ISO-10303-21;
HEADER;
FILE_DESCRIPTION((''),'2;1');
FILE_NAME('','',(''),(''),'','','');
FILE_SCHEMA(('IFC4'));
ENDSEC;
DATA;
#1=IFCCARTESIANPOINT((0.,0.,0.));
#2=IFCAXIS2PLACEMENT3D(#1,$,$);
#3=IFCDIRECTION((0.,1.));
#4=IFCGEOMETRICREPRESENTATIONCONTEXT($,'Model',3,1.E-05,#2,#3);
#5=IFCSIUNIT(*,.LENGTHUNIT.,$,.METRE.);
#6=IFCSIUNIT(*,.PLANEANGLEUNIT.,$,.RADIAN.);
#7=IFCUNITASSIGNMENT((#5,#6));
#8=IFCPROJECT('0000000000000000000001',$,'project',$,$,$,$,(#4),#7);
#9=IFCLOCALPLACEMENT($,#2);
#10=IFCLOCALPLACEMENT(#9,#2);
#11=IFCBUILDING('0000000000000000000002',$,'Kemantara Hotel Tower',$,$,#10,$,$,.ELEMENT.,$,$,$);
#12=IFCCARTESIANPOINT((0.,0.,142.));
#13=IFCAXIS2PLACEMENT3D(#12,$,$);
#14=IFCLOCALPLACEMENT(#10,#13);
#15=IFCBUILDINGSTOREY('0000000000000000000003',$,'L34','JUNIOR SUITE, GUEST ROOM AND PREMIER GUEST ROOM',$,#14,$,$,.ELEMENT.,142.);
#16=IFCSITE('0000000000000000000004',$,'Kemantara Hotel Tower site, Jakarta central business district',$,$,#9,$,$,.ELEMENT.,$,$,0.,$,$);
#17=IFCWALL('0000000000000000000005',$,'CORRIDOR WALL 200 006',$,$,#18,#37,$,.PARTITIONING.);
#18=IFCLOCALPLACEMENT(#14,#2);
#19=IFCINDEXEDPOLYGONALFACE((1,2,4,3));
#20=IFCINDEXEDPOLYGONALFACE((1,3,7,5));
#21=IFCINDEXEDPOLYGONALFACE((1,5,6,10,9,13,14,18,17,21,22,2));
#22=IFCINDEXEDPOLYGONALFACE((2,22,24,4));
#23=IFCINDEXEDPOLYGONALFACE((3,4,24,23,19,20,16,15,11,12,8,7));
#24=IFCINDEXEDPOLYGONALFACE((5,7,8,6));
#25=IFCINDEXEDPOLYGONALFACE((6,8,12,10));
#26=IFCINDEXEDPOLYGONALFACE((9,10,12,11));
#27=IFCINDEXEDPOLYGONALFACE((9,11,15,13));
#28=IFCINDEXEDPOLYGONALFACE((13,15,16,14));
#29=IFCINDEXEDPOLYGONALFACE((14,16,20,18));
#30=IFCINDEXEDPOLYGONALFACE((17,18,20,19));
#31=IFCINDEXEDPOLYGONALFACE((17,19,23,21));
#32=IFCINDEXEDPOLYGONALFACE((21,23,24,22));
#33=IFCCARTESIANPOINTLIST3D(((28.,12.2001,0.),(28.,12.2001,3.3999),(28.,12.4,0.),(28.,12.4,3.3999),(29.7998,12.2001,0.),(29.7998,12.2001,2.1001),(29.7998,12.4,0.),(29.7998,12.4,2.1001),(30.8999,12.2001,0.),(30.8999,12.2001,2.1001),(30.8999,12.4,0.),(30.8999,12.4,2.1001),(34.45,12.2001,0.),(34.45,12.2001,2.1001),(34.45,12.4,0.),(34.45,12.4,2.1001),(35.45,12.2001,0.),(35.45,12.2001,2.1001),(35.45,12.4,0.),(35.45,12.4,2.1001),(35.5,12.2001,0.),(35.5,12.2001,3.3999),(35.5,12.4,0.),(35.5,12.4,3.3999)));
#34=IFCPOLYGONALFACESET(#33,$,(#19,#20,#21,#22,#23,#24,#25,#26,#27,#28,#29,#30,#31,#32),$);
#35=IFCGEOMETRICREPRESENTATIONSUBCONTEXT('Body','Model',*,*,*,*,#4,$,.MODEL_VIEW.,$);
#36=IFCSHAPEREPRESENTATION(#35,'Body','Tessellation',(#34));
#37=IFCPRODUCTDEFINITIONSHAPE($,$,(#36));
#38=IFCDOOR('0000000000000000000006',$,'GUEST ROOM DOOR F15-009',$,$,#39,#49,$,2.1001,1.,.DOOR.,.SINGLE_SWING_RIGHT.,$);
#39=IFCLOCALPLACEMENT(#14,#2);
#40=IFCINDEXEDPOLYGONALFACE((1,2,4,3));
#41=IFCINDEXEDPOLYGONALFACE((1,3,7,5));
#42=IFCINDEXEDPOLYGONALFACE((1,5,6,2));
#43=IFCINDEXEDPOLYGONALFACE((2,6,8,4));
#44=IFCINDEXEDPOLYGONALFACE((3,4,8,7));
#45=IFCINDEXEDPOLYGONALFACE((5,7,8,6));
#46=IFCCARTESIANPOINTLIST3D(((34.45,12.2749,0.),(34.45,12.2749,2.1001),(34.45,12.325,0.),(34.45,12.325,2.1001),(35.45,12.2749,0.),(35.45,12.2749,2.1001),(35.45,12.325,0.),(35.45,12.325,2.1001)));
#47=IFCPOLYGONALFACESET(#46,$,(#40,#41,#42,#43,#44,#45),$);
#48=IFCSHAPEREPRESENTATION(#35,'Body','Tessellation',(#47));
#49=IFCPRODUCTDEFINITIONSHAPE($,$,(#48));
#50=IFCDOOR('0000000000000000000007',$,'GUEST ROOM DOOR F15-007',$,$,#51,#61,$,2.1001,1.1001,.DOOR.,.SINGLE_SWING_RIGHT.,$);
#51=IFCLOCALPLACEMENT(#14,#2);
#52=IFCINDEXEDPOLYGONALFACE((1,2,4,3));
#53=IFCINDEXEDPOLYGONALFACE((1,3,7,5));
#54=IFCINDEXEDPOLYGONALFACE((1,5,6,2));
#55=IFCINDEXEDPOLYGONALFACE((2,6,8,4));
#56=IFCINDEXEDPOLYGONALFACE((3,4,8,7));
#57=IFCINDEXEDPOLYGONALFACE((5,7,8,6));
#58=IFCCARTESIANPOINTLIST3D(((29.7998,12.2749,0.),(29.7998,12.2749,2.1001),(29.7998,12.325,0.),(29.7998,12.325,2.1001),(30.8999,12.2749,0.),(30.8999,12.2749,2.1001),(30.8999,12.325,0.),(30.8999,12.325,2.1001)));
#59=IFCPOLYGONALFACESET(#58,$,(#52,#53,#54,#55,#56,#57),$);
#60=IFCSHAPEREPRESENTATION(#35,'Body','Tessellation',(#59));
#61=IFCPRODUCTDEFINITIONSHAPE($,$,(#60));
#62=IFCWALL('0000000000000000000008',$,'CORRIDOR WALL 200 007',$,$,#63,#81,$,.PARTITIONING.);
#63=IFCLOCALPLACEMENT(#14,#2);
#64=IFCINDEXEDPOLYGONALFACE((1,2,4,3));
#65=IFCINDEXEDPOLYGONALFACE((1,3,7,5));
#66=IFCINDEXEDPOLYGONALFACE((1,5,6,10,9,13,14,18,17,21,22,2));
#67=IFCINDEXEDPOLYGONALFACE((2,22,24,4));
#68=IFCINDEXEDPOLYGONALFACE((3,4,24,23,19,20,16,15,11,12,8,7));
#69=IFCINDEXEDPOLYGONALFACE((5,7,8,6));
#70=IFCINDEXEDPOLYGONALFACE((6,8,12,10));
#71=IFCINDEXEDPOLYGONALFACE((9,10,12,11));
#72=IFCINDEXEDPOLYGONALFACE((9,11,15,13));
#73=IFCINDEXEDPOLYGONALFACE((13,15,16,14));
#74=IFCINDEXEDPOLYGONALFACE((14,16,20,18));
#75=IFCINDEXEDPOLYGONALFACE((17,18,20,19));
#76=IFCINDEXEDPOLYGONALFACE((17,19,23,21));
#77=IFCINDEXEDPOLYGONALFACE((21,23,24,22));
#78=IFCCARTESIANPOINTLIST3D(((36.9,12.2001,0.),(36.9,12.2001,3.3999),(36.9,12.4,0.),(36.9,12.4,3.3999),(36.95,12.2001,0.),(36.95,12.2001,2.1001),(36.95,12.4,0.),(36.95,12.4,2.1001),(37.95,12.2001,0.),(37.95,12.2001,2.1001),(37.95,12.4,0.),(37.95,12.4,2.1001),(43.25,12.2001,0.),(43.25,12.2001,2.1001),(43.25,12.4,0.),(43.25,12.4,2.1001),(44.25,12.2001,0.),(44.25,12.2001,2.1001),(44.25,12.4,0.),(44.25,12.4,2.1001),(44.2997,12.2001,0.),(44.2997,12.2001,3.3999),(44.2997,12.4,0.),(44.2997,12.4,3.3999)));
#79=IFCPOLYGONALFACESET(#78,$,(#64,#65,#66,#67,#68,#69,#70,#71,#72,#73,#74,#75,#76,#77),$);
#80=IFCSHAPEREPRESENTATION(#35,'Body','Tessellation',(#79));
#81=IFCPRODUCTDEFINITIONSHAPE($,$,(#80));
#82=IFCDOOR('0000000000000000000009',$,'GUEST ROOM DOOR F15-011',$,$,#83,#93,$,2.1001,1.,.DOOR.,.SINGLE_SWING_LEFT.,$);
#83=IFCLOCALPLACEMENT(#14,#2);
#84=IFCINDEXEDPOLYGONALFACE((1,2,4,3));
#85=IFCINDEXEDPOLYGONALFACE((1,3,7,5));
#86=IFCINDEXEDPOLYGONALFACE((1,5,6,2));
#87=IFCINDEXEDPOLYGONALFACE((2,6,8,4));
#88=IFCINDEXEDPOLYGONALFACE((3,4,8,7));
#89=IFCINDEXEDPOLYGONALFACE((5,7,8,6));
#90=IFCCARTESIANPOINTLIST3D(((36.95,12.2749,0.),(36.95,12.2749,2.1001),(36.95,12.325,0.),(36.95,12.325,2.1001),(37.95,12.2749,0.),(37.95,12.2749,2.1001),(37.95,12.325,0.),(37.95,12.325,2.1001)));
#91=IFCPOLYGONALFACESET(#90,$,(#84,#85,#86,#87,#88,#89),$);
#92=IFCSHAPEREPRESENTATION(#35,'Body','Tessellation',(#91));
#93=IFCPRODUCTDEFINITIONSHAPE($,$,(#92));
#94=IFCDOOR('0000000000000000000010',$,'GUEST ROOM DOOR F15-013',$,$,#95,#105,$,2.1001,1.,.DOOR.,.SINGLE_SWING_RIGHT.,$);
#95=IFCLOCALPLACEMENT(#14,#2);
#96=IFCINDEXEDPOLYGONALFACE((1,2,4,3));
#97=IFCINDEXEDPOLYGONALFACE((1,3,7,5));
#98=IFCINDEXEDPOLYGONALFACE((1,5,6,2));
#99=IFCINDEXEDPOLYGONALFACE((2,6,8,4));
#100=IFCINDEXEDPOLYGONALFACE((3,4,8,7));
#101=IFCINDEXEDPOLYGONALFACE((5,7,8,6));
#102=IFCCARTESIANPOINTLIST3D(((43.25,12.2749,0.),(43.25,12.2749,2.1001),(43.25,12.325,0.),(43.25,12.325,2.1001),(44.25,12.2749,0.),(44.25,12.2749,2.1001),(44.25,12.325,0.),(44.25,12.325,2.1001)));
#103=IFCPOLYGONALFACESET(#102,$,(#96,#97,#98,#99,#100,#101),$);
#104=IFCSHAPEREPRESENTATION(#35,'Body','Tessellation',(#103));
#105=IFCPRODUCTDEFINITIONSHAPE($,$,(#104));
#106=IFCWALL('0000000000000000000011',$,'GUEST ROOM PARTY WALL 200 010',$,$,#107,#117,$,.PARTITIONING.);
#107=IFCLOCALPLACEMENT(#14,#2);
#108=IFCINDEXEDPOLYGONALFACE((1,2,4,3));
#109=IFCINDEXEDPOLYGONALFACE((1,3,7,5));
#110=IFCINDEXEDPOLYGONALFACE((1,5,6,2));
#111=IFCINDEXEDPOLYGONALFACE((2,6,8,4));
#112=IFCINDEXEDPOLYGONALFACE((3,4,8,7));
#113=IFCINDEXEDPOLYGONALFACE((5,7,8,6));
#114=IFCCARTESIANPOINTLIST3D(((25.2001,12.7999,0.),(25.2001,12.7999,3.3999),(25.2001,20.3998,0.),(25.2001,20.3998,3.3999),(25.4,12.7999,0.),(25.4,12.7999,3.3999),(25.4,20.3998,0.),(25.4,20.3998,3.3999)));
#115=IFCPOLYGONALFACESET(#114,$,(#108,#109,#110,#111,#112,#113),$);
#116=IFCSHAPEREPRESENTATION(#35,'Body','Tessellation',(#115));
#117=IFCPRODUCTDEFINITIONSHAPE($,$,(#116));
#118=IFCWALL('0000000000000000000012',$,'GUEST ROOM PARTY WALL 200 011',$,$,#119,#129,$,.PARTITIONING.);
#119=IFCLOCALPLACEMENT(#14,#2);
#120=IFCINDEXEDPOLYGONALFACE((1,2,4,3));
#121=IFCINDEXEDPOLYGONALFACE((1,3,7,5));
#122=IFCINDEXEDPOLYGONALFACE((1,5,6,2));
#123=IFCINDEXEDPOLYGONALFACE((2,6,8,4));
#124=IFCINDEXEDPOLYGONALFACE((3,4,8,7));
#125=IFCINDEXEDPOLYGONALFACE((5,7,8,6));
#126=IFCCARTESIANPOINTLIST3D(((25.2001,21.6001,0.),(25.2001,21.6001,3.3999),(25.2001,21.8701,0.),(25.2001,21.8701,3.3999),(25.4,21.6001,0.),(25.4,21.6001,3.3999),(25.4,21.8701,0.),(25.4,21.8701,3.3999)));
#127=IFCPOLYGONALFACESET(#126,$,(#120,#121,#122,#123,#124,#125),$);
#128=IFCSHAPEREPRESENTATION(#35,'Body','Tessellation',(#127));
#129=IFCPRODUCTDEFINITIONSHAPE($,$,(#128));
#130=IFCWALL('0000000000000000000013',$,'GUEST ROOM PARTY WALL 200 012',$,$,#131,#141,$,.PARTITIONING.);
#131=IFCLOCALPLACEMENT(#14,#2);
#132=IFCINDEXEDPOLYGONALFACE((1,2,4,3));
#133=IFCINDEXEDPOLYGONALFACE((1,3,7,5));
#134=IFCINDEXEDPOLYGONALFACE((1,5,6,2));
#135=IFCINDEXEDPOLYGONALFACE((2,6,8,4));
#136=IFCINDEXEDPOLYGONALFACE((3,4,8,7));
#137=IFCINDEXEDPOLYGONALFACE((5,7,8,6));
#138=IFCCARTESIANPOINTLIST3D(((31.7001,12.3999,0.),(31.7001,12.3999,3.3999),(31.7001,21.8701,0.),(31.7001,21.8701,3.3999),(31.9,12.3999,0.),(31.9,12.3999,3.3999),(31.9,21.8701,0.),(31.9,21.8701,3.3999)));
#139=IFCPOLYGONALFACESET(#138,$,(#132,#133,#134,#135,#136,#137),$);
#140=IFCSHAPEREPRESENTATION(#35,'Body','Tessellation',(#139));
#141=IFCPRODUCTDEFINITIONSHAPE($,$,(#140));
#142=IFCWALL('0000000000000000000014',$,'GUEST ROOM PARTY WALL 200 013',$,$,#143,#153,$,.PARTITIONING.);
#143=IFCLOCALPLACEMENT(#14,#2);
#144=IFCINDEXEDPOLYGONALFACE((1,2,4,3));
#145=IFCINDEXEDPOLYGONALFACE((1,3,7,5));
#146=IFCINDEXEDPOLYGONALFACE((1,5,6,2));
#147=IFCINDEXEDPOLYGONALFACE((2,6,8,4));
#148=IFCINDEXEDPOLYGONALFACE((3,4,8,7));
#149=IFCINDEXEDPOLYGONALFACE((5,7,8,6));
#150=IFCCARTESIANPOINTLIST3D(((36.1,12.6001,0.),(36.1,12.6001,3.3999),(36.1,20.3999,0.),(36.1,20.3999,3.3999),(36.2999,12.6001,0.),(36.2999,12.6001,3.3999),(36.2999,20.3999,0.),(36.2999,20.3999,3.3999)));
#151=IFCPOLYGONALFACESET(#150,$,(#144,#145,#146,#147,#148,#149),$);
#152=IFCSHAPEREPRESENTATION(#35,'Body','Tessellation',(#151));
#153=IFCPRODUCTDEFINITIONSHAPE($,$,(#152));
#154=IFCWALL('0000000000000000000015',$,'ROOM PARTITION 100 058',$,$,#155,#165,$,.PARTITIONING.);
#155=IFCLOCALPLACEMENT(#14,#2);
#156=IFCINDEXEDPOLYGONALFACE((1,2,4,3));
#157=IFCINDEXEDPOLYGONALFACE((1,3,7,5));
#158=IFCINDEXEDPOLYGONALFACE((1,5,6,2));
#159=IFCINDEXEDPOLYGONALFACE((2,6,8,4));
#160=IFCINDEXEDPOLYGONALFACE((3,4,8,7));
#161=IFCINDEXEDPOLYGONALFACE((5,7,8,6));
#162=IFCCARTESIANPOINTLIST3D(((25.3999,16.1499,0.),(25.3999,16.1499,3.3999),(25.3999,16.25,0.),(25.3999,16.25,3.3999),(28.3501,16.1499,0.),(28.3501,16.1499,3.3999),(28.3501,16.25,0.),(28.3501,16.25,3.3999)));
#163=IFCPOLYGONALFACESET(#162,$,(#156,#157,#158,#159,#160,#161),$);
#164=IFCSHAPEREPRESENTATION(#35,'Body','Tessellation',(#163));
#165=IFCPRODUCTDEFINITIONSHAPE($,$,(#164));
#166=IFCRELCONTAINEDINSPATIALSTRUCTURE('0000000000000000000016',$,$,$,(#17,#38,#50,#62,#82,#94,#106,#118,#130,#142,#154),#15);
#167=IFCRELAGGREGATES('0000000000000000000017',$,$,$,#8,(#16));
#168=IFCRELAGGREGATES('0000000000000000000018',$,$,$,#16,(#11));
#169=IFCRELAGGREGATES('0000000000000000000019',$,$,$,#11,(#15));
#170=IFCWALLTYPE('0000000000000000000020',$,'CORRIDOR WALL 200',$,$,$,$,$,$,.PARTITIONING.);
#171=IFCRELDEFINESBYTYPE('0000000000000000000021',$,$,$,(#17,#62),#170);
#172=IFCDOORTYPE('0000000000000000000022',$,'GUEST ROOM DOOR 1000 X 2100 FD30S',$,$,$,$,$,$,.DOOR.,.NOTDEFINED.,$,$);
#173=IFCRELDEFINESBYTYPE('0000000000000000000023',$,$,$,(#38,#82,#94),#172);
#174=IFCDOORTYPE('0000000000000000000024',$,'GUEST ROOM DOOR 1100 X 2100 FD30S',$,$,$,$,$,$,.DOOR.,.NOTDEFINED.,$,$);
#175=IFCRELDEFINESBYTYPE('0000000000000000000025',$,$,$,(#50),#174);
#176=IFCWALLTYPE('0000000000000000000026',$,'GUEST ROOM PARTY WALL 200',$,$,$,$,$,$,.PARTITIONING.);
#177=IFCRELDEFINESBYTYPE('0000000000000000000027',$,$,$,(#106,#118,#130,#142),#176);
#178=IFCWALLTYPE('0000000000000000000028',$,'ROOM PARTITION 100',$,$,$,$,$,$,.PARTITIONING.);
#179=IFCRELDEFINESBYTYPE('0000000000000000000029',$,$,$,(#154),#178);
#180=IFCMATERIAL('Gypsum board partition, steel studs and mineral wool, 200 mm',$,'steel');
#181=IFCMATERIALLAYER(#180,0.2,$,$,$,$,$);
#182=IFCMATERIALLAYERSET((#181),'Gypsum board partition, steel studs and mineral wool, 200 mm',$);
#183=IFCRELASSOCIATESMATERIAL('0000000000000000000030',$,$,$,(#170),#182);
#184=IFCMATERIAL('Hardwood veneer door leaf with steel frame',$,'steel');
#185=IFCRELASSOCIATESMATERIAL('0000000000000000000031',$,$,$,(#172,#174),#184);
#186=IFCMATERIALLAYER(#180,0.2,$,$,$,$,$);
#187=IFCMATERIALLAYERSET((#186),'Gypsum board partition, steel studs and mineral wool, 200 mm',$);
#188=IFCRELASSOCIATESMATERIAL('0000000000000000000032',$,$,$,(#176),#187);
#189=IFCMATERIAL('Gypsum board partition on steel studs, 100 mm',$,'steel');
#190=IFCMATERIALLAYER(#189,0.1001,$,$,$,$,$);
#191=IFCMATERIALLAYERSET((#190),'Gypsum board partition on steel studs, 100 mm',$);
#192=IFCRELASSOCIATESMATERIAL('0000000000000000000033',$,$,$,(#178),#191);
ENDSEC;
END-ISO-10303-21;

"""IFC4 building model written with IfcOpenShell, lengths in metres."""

from ifc_helpers import new_model, si_unit, direction, frame, frame_2d, origin, place, context, subcontext, project, spatial, rectangle, extrude, material, layer, layer_set, type_object, element, fill, save


model = new_model("IFC4")

# Units and contexts
model_context = context("Model", 3, precision=1e-05, world=origin(), true_north=direction((0.0, 1.0)))
body_context = subcontext(model_context, "Body", "Model", "MODEL_VIEW")
ifc_project = project(units=[si_unit("LENGTHUNIT", "METRE"), si_unit("PLANEANGLEUNIT", "RADIAN")], contexts=[model_context])

# Site, building, storey
site_placement = place(None, origin())
site = spatial("IfcSite", under=ifc_project, at=site_placement, Name="Kemantara Hotel Tower site, Jakarta central business district", CompositionType="ELEMENT", RefElevation=0.0)
building_placement = place(site_placement, origin())
building = spatial("IfcBuilding", under=site, at=building_placement, Name="Kemantara Hotel Tower", CompositionType="ELEMENT")
storey_placement = place(building_placement, frame((0.0, 0.0, 142.0)))
storey = spatial("IfcBuildingStorey", under=building, at=storey_placement, Name="L34", Description="JUNIOR SUITE, GUEST ROOM AND PREMIER GUEST ROOM", CompositionType="ELEMENT", Elevation=142.0)

# Walls, openings, doors
ifc_material_1 = material(Name="Gypsum board partition, steel studs and mineral wool, 200 mm", Category="steel")
ifc_layer_1 = layer(ifc_material_1, 0.2)
ifc_layer_set_1 = layer_set([ifc_layer_1], Name="Gypsum board partition, steel studs and mineral wool, 200 mm")
wall_type_1 = type_object("IfcWallType", Name="CORRIDOR WALL 200", PredefinedType="PARTITIONING", material=ifc_layer_set_1)
wall_1_placement = place(storey_placement, frame((28.0, 12.3, 0.0), z_axis=(0.0, 0.0, 1.0), x_axis=(1.0, 0.0, 0.0)))
wall_1 = element("IfcWall", 1, at=wall_1_placement, inside=storey, type_object=wall_type_1, Name="CORRIDOR WALL 200 006", PredefinedType="PARTITIONING", context=body_context, shape_type="SweptSolid", body=[
    extrude(rectangle(XDim=7.5, YDim=0.2, at=frame_2d((3.75, 0.0))), origin(), (0.0, 0.0, 1.0), 3.3999),
])
opening_1_placement = place(wall_1_placement, frame((1.7998, 0.0, 0.0)))
opening_1 = element("IfcOpeningElement", 2, at=opening_1_placement, cuts=wall_1, PredefinedType="OPENING", context=body_context, shape_type="SweptSolid", body=[
    extrude(rectangle(XDim=1.1001, YDim=2.1001, at=frame_2d((0.55, 1.05))), frame((0.0, 0.1099, 0.0), z_axis=(0.0, -1.0, 0.0), x_axis=(1.0, 0.0, 0.0)), (0.0, 0.0, 1.0), 0.22),
])
opening_2_placement = place(wall_1_placement, frame((6.45, 0.0, 0.0)))
opening_2 = element("IfcOpeningElement", 3, at=opening_2_placement, cuts=wall_1, PredefinedType="OPENING", context=body_context, shape_type="SweptSolid", body=[
    extrude(rectangle(XDim=1.0, YDim=2.1001, at=frame_2d((0.5, 1.05))), frame((0.0, 0.1099, 0.0), z_axis=(0.0, -1.0, 0.0), x_axis=(1.0, 0.0, 0.0)), (0.0, 0.0, 1.0), 0.22),
])
ifc_material_2 = material(Name="Hardwood veneer door leaf with steel frame", Category="steel")
door_type_1 = type_object("IfcDoorType", Name="GUEST ROOM DOOR 1000 X 2100 FD30S", OperationType="NOTDEFINED", PredefinedType="DOOR", material=ifc_material_2)
door_1_placement = place(opening_2_placement, origin())
door_1 = element("IfcDoor", 4, at=door_1_placement, inside=storey, type_object=door_type_1, Name="GUEST ROOM DOOR F15-009", OperationType="SINGLE_SWING_RIGHT", OverallHeight=2.1001, OverallWidth=1.0, PredefinedType="DOOR", context=body_context, shape_type="SweptSolid", body=[
    extrude(rectangle(XDim=1.0, YDim=2.1001, at=frame_2d((0.5, 1.05))), frame((0.0, 0.0249, 0.0), z_axis=(0.0, -1.0, 0.0), x_axis=(1.0, 0.0, 0.0)), (0.0, 0.0, 1.0), 0.05),
])
fill(opening_2, door_1)
door_type_2 = type_object("IfcDoorType", Name="GUEST ROOM DOOR 1100 X 2100 FD30S", OperationType="NOTDEFINED", PredefinedType="DOOR", material=ifc_material_2)
door_2_placement = place(opening_1_placement, origin())
door_2 = element("IfcDoor", 5, at=door_2_placement, inside=storey, type_object=door_type_2, Name="GUEST ROOM DOOR F15-007", OperationType="SINGLE_SWING_RIGHT", OverallHeight=2.1001, OverallWidth=1.1001, PredefinedType="DOOR", context=body_context, shape_type="SweptSolid", body=[
    extrude(rectangle(XDim=1.1001, YDim=2.1001, at=frame_2d((0.55, 1.05))), frame((0.0, 0.0249, 0.0), z_axis=(0.0, -1.0, 0.0), x_axis=(1.0, 0.0, 0.0)), (0.0, 0.0, 1.0), 0.05),
])
fill(opening_1, door_2)
wall_2_placement = place(storey_placement, frame((36.9001, 12.3, 0.0), z_axis=(0.0, 0.0, 1.0), x_axis=(1.0, 0.0, 0.0)))
wall_2 = element("IfcWall", 6, at=wall_2_placement, inside=storey, type_object=wall_type_1, Name="CORRIDOR WALL 200 007", PredefinedType="PARTITIONING", context=body_context, shape_type="SweptSolid", body=[
    extrude(rectangle(XDim=7.3997, YDim=0.2, at=frame_2d((3.6997, 0.0))), origin(), (0.0, 0.0, 1.0), 3.3999),
])
opening_3_placement = place(wall_2_placement, frame((0.0498, 0.0, 0.0)))
opening_3 = element("IfcOpeningElement", 7, at=opening_3_placement, cuts=wall_2, PredefinedType="OPENING", context=body_context, shape_type="SweptSolid", body=[
    extrude(rectangle(XDim=1.0, YDim=2.1001, at=frame_2d((0.5, 1.05))), frame((0.0, 0.1099, 0.0), z_axis=(0.0, -1.0, 0.0), x_axis=(1.0, 0.0, 0.0)), (0.0, 0.0, 1.0), 0.22),
])
opening_4_placement = place(wall_2_placement, frame((6.3499, 0.0, 0.0)))
opening_4 = element("IfcOpeningElement", 8, at=opening_4_placement, cuts=wall_2, PredefinedType="OPENING", context=body_context, shape_type="SweptSolid", body=[
    extrude(rectangle(XDim=1.0, YDim=2.1001, at=frame_2d((0.5, 1.05))), frame((0.0, 0.1099, 0.0), z_axis=(0.0, -1.0, 0.0), x_axis=(1.0, 0.0, 0.0)), (0.0, 0.0, 1.0), 0.22),
])
door_3_placement = place(opening_3_placement, origin())
door_3 = element("IfcDoor", 9, at=door_3_placement, inside=storey, type_object=door_type_1, Name="GUEST ROOM DOOR F15-011", OperationType="SINGLE_SWING_LEFT", OverallHeight=2.1001, OverallWidth=1.0, PredefinedType="DOOR", context=body_context, shape_type="SweptSolid", body=[
    extrude(rectangle(XDim=1.0, YDim=2.1001, at=frame_2d((0.5, 1.05))), frame((0.0, 0.0249, 0.0), z_axis=(0.0, -1.0, 0.0), x_axis=(1.0, 0.0, 0.0)), (0.0, 0.0, 1.0), 0.05),
])
fill(opening_3, door_3)
door_4_placement = place(opening_4_placement, origin())
door_4 = element("IfcDoor", 10, at=door_4_placement, inside=storey, type_object=door_type_1, Name="GUEST ROOM DOOR F15-013", OperationType="SINGLE_SWING_RIGHT", OverallHeight=2.1001, OverallWidth=1.0, PredefinedType="DOOR", context=body_context, shape_type="SweptSolid", body=[
    extrude(rectangle(XDim=1.0, YDim=2.1001, at=frame_2d((0.5, 1.05))), frame((0.0, 0.0249, 0.0), z_axis=(0.0, -1.0, 0.0), x_axis=(1.0, 0.0, 0.0)), (0.0, 0.0, 1.0), 0.05),
])
fill(opening_4, door_4)

# Walls
ifc_layer_2 = layer(ifc_material_1, 0.2)
ifc_layer_set_2 = layer_set([ifc_layer_2], Name="Gypsum board partition, steel studs and mineral wool, 200 mm")
wall_type_2 = type_object("IfcWallType", Name="GUEST ROOM PARTY WALL 200", PredefinedType="PARTITIONING", material=ifc_layer_set_2)
wall_3_placement = place(storey_placement, frame((25.3, 12.8, 0.0), z_axis=(0.0, 0.0, 1.0), x_axis=(0.0, 1.0, 0.0)))
element("IfcWall", 11, at=wall_3_placement, inside=storey, type_object=wall_type_2, Name="GUEST ROOM PARTY WALL 200 010", PredefinedType="PARTITIONING", context=body_context, shape_type="SweptSolid", body=[
    extrude(rectangle(XDim=7.5999, YDim=0.2, at=frame_2d((3.7998, 0.0))), origin(), (0.0, 0.0, 1.0), 3.3999),
])
wall_4_placement = place(storey_placement, frame((25.3, 21.6001, 0.0), z_axis=(0.0, 0.0, 1.0), x_axis=(0.0, 1.0, 0.0)))
element("IfcWall", 12, at=wall_4_placement, inside=storey, type_object=wall_type_2, Name="GUEST ROOM PARTY WALL 200 011", PredefinedType="PARTITIONING", context=body_context, shape_type="SweptSolid", body=[
    extrude(rectangle(XDim=0.27, YDim=0.2, at=frame_2d((0.135, 0.0))), origin(), (0.0, 0.0, 1.0), 3.3999),
])
wall_5_placement = place(storey_placement, frame((31.8, 12.3999, 0.0), z_axis=(0.0, 0.0, 1.0), x_axis=(0.0, 1.0, 0.0)))
element("IfcWall", 13, at=wall_5_placement, inside=storey, type_object=wall_type_2, Name="GUEST ROOM PARTY WALL 200 012", PredefinedType="PARTITIONING", context=body_context, shape_type="SweptSolid", body=[
    extrude(rectangle(XDim=9.4702, YDim=0.2, at=frame_2d((4.7351, 0.0))), origin(), (0.0, 0.0, 1.0), 3.3999),
])
wall_6_placement = place(storey_placement, frame((36.2, 12.6001, 0.0), z_axis=(0.0, 0.0, 1.0), x_axis=(0.0, 1.0, 0.0)))
element("IfcWall", 14, at=wall_6_placement, inside=storey, type_object=wall_type_2, Name="GUEST ROOM PARTY WALL 200 013", PredefinedType="PARTITIONING", context=body_context, shape_type="SweptSolid", body=[
    extrude(rectangle(XDim=7.7998, YDim=0.2, at=frame_2d((3.8999, 0.0))), origin(), (0.0, 0.0, 1.0), 3.3999),
])
ifc_material_3 = material(Name="Gypsum board partition on steel studs, 100 mm", Category="steel")
ifc_layer_3 = layer(ifc_material_3, 0.1001)
ifc_layer_set_3 = layer_set([ifc_layer_3], Name="Gypsum board partition on steel studs, 100 mm")
wall_type_3 = type_object("IfcWallType", Name="ROOM PARTITION 100", PredefinedType="PARTITIONING", material=ifc_layer_set_3)
wall_7_placement = place(storey_placement, frame((25.3999, 16.2, 0.0), z_axis=(0.0, 0.0, 1.0), x_axis=(1.0, 0.0, 0.0)))
element("IfcWall", 15, at=wall_7_placement, inside=storey, type_object=wall_type_3, Name="ROOM PARTITION 100 058", PredefinedType="PARTITIONING", context=body_context, shape_type="SweptSolid", body=[
    extrude(rectangle(XDim=2.9502, YDim=0.1001, at=frame_2d((1.4751, 0.0))), origin(), (0.0, 0.0, 1.0), 3.3999),
])

save(model, "model.ifc")
